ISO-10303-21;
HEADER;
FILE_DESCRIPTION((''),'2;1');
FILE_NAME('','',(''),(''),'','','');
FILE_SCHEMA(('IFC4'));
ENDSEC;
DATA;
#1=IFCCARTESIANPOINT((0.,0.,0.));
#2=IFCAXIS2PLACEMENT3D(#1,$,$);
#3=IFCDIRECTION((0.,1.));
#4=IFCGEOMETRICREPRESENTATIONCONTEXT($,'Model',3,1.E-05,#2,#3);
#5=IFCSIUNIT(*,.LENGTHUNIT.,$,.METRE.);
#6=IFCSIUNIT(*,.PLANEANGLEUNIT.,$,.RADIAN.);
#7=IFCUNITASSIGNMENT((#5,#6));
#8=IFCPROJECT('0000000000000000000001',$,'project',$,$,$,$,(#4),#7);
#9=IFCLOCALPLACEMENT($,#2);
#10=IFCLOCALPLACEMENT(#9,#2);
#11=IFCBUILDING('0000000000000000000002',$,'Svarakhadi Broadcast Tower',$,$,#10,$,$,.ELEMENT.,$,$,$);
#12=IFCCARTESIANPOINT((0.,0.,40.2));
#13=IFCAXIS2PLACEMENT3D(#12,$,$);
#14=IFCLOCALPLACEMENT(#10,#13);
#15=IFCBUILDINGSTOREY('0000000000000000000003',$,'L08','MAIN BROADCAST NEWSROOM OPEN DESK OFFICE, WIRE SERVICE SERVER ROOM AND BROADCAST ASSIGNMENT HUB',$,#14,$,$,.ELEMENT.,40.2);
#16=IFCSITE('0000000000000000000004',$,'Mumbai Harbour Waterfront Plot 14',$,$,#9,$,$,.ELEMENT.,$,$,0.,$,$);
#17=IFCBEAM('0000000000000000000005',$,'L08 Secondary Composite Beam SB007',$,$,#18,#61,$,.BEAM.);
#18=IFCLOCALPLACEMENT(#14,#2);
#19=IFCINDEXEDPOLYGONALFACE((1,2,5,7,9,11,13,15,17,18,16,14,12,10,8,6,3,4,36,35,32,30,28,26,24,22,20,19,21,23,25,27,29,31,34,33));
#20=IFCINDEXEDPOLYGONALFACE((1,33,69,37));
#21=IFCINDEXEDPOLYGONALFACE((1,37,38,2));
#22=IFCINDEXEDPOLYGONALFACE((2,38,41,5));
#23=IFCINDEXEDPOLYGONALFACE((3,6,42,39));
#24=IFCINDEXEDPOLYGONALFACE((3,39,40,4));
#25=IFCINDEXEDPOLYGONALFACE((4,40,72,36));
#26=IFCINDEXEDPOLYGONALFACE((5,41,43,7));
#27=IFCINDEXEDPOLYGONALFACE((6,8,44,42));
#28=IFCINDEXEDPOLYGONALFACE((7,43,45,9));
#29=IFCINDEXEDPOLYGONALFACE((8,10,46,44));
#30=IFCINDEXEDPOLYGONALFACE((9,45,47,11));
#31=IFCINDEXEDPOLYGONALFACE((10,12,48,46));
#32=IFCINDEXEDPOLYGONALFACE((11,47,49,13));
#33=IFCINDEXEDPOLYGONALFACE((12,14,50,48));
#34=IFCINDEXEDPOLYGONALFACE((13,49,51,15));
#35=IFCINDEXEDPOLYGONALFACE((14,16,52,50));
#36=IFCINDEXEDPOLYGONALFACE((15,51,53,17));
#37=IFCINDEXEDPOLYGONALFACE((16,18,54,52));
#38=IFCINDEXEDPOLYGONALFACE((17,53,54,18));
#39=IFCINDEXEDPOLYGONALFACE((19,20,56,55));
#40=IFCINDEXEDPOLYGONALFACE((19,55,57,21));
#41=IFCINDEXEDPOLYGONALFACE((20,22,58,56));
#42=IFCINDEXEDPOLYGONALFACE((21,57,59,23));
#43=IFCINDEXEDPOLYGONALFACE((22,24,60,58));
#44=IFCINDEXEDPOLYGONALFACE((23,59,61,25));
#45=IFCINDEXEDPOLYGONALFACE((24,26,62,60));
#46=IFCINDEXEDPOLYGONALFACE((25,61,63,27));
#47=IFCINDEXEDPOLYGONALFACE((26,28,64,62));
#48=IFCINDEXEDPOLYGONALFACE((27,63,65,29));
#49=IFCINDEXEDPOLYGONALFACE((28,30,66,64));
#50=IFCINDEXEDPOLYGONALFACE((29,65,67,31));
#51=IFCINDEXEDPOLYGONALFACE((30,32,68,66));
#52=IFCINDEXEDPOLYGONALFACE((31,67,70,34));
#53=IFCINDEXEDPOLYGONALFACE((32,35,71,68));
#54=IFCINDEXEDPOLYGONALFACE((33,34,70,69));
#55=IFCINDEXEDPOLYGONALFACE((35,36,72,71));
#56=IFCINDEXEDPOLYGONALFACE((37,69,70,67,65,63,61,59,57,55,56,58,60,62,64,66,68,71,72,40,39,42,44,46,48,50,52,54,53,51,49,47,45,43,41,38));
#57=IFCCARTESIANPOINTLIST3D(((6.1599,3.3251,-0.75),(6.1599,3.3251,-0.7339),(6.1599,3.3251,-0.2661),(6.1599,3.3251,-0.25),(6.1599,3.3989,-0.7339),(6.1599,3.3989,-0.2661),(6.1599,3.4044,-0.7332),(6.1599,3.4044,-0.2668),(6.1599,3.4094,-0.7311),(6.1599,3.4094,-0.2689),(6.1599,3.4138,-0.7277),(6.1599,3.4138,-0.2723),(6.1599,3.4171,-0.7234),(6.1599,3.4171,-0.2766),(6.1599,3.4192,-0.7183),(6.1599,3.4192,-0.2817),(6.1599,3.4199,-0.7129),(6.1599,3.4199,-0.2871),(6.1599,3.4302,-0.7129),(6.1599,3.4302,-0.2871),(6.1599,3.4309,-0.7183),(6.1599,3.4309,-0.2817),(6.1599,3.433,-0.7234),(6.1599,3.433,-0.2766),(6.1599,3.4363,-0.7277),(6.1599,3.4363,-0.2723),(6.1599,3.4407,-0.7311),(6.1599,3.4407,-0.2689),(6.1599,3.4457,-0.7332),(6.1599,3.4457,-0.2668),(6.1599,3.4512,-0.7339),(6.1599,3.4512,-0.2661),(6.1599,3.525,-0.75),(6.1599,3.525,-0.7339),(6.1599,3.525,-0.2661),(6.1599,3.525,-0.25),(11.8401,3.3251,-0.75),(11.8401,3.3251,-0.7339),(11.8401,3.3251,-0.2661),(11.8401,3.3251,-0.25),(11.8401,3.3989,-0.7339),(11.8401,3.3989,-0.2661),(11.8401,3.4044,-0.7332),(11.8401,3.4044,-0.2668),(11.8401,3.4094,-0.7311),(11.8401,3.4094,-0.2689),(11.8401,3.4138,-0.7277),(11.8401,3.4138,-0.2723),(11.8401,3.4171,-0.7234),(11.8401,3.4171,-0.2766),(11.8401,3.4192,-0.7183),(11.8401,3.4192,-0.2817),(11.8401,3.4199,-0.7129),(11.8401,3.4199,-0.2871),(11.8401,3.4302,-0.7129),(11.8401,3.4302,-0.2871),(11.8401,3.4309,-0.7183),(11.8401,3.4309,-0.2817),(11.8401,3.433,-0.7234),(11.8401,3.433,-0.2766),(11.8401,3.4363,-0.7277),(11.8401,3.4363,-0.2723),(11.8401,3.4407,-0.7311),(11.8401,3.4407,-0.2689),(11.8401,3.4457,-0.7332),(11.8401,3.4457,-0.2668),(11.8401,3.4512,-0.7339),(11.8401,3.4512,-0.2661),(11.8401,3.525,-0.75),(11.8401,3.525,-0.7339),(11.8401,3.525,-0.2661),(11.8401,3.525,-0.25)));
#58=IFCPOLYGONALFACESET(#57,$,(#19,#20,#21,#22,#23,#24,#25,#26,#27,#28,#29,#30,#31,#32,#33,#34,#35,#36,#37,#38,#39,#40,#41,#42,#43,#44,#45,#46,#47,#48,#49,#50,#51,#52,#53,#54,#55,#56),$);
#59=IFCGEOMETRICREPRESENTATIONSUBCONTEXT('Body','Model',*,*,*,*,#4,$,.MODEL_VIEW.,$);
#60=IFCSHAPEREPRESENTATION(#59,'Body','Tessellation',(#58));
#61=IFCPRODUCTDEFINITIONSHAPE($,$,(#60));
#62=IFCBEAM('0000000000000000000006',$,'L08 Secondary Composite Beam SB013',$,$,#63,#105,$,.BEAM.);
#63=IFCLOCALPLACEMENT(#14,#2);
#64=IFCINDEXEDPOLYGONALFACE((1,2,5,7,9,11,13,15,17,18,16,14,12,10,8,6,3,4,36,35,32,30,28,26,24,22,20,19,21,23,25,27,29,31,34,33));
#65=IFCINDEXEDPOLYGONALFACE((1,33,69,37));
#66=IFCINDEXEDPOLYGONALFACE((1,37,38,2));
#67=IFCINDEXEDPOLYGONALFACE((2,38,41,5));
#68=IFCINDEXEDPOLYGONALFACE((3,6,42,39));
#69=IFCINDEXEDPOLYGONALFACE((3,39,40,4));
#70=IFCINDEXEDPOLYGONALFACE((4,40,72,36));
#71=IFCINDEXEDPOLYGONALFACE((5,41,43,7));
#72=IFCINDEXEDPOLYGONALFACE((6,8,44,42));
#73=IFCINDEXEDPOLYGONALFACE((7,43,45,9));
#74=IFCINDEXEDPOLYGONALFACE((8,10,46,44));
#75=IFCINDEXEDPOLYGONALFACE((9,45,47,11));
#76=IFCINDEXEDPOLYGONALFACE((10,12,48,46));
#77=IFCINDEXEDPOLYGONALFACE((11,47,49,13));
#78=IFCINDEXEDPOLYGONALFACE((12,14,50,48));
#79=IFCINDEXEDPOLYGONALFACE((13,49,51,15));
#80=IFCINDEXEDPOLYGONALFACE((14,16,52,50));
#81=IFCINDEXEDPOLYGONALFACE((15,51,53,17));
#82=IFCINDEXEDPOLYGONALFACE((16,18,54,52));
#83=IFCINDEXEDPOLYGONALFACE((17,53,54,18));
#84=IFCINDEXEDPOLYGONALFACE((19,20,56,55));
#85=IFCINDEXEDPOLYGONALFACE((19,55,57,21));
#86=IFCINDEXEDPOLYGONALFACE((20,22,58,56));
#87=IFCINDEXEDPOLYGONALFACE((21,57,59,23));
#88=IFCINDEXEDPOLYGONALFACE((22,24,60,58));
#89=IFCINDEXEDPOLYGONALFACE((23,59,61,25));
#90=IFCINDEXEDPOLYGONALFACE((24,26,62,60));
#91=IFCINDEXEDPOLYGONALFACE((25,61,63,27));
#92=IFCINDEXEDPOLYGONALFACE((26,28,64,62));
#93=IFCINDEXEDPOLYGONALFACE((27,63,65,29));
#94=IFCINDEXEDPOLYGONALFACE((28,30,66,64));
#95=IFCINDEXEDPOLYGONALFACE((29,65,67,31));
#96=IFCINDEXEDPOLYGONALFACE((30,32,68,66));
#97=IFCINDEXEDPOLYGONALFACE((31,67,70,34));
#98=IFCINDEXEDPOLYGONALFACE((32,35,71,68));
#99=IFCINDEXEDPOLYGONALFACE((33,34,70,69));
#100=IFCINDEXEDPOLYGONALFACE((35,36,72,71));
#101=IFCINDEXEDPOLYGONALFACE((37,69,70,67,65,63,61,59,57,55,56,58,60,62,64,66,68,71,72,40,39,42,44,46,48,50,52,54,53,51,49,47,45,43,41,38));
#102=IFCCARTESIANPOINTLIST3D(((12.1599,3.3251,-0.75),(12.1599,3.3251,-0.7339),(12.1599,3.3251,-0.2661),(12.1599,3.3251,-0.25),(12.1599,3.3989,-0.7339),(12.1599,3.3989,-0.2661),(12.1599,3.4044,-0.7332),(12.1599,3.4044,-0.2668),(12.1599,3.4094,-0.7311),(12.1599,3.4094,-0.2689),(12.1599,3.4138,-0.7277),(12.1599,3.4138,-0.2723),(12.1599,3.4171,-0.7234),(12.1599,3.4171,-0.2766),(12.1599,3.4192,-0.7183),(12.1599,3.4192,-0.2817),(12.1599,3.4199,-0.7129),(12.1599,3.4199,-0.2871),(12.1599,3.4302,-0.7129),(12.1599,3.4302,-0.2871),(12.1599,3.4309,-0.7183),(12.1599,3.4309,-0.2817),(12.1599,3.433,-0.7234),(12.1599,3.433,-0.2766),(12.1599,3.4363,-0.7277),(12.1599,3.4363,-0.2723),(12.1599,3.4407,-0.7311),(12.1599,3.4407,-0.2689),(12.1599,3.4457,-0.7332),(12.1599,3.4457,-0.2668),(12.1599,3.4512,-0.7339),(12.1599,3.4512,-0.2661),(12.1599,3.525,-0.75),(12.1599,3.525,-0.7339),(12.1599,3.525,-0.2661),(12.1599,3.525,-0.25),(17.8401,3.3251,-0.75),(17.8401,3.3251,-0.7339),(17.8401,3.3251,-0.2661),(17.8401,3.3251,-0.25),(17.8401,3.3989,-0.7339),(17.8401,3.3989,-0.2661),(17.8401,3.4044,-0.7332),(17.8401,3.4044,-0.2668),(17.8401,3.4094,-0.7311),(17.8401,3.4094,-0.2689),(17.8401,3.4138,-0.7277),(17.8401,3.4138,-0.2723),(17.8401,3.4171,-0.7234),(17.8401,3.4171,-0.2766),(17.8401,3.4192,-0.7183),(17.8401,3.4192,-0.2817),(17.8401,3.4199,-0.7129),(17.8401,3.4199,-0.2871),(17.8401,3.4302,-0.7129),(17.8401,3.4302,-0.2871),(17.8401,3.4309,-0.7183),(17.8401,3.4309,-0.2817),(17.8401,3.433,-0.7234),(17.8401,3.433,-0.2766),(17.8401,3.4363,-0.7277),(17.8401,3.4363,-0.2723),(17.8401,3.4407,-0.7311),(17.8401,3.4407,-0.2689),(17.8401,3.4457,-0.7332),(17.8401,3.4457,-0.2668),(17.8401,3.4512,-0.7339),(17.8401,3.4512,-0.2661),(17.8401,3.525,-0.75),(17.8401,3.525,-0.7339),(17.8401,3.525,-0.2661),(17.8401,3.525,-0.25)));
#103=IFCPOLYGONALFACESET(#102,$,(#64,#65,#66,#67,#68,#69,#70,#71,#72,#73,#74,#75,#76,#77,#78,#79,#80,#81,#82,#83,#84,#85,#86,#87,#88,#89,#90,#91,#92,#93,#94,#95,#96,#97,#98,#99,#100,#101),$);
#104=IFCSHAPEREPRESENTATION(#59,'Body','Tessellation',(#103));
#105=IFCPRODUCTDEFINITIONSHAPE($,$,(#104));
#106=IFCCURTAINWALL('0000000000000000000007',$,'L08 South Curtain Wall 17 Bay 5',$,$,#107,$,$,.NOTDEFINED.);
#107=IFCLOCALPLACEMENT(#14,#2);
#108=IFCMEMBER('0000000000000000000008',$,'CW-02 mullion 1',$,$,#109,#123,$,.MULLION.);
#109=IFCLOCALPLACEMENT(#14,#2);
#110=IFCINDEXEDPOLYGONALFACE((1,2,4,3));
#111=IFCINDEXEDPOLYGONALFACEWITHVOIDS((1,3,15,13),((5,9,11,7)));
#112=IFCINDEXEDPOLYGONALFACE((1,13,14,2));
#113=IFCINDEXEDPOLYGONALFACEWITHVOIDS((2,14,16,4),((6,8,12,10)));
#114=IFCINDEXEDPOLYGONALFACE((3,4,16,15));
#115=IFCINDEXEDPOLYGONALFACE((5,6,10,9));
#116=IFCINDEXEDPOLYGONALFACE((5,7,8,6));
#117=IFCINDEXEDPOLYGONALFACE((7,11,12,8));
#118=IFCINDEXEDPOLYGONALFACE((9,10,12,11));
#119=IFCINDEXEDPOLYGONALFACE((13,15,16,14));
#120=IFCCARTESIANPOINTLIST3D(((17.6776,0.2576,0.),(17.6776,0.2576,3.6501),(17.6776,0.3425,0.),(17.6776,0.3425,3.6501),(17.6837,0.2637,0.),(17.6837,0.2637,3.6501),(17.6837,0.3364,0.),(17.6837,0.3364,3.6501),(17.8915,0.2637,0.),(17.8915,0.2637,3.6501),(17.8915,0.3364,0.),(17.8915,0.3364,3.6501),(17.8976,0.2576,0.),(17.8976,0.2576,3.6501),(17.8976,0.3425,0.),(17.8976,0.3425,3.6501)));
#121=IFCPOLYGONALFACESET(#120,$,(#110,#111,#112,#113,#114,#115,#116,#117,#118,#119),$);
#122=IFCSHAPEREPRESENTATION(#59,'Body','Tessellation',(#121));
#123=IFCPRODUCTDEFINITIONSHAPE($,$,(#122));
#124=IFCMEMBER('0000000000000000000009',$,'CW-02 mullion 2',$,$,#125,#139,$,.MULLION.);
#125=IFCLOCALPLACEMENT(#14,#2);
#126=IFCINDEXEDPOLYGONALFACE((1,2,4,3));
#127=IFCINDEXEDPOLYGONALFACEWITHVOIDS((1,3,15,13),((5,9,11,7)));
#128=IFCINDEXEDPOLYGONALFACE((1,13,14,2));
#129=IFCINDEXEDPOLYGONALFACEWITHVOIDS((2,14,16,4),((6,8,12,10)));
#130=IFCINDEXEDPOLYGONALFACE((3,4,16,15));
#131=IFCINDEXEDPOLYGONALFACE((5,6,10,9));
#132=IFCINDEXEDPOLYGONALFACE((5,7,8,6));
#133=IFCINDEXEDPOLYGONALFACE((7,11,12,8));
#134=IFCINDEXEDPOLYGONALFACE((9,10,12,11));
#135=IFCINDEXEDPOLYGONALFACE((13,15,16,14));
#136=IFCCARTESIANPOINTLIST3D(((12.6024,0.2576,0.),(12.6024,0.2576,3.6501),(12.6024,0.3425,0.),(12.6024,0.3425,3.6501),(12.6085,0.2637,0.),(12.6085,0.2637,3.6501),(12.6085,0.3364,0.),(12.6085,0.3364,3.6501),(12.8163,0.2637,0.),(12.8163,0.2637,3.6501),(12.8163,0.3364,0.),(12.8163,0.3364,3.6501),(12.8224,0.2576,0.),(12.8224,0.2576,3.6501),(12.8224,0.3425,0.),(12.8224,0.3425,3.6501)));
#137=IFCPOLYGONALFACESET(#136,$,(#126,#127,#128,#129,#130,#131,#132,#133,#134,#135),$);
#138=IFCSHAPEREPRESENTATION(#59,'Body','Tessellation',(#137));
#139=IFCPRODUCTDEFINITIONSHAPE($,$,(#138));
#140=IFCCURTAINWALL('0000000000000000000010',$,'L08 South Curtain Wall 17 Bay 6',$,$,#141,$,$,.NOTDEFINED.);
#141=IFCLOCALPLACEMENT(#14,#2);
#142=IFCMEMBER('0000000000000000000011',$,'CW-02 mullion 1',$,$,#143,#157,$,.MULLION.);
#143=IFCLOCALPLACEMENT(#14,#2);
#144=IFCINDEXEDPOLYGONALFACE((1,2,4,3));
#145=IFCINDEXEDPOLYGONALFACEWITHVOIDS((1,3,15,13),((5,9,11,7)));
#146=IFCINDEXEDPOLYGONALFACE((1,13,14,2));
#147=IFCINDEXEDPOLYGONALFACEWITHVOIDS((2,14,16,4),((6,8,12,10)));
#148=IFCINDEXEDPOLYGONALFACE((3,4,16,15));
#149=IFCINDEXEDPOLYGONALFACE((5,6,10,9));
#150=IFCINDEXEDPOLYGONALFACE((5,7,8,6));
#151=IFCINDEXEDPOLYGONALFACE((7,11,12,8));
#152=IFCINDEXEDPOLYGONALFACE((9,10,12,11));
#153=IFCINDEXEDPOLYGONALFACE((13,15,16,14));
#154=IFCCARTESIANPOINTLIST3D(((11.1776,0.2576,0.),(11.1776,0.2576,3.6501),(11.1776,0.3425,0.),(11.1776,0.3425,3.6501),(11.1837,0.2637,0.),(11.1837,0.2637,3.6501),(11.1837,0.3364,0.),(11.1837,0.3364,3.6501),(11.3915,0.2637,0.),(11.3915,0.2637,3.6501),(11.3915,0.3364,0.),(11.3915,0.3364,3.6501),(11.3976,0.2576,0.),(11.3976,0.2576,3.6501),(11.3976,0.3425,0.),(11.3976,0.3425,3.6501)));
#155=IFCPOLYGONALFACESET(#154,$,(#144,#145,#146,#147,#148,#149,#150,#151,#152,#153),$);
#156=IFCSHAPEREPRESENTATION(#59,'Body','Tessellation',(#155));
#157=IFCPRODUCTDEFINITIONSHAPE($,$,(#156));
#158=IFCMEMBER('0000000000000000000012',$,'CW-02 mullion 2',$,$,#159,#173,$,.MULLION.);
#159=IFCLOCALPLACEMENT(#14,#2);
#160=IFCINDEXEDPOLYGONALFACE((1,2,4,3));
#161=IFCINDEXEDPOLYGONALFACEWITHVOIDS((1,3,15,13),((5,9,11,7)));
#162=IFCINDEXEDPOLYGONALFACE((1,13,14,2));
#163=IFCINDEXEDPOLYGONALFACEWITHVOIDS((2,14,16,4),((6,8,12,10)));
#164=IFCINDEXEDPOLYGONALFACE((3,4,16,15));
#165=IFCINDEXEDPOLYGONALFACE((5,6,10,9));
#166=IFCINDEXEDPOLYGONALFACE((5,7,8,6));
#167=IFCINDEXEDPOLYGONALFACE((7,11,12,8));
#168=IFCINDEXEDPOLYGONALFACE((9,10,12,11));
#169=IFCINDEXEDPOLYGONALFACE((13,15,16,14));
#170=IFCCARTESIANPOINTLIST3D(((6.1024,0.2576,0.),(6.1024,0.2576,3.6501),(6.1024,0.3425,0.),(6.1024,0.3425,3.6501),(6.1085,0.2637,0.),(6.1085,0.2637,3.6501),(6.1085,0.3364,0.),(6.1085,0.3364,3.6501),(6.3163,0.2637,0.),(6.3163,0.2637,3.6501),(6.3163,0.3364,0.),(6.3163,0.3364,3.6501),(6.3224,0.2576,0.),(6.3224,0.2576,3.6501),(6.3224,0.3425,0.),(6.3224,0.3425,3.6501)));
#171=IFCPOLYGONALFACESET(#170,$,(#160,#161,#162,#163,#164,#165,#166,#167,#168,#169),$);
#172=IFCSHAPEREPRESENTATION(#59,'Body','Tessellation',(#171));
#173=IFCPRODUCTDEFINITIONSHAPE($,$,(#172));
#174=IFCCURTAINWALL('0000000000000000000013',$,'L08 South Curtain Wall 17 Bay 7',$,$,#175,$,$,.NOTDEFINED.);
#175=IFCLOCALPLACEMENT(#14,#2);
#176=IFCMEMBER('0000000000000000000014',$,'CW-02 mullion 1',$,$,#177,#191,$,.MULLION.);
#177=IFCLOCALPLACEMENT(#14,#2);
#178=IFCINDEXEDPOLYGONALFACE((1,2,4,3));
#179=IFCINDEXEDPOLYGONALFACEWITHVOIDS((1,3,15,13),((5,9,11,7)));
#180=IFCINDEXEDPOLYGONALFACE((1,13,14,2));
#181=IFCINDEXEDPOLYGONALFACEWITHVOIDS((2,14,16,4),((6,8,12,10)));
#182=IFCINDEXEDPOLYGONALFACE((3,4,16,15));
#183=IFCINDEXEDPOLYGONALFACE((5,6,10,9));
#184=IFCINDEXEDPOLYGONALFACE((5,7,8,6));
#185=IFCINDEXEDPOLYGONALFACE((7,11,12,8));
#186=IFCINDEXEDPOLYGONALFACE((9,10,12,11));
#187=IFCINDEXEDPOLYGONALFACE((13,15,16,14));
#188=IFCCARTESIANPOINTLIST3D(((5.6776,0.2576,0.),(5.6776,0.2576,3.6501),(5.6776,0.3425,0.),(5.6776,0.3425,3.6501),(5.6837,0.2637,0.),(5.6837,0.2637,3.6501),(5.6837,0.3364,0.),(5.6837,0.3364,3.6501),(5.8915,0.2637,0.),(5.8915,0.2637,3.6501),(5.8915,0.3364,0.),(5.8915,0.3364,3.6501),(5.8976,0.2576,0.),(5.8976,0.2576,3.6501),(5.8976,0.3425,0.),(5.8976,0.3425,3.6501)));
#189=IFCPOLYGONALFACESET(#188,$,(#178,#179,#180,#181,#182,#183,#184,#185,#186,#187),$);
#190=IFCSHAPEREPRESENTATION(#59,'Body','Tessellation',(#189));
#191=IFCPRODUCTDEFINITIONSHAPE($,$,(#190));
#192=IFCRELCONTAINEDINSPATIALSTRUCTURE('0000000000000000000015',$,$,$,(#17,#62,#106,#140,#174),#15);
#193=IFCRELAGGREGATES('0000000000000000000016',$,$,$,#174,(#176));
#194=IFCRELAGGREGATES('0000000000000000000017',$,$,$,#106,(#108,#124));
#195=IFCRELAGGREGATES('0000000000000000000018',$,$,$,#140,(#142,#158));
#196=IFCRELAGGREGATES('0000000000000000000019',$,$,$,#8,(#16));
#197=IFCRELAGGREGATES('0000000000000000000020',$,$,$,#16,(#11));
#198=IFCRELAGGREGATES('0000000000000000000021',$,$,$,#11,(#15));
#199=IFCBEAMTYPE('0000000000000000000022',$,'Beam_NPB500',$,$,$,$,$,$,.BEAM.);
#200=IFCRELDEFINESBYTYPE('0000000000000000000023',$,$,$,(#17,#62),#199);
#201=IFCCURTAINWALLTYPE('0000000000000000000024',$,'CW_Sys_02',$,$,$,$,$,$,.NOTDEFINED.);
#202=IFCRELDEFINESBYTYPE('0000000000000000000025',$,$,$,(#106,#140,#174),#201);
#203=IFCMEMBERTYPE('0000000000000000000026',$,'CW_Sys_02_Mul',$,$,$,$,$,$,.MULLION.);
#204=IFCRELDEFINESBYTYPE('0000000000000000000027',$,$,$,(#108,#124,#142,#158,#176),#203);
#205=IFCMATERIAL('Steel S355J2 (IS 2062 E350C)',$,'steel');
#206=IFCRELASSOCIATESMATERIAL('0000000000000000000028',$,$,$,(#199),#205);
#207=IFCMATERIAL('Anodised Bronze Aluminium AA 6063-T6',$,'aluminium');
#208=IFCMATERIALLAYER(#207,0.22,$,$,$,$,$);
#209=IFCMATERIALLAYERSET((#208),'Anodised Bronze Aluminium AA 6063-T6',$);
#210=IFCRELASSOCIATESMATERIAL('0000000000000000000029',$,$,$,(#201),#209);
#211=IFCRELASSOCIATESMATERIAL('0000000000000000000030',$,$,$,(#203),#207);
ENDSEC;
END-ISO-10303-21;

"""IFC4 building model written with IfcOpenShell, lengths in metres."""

from ifc_helpers import new_model, si_unit, direction, frame, origin, origin_2d, place, context, subcontext, project, spatial, hollow_rectangle, i_section, extrude, material, layer, layer_set, material_profile, profile_set, type_object, element, aggregate, save


model = new_model("IFC4")

# Units and contexts
model_context = context("Model", 3, precision=1e-05, world=origin(), true_north=direction((0.0, 1.0)))
body_context = subcontext(model_context, "Body", "Model", "MODEL_VIEW")
ifc_project = project(units=[si_unit("LENGTHUNIT", "METRE"), si_unit("PLANEANGLEUNIT", "RADIAN")], contexts=[model_context])

# Site, building, storey
site_placement = place(None, origin())
site = spatial("IfcSite", under=ifc_project, at=site_placement, Name="Mumbai Harbour Waterfront Plot 14", CompositionType="ELEMENT", RefElevation=0.0)
building_placement = place(site_placement, origin())
building = spatial("IfcBuilding", under=site, at=building_placement, Name="Svarakhadi Broadcast Tower", CompositionType="ELEMENT")
storey_placement = place(building_placement, frame((0.0, 0.0, 40.2)))
storey = spatial("IfcBuildingStorey", under=building, at=storey_placement, Name="L08", Description="MAIN BROADCAST NEWSROOM OPEN DESK OFFICE, WIRE SERVICE SERVER ROOM AND BROADCAST ASSIGNMENT HUB", CompositionType="ELEMENT", Elevation=40.2)

# Beams
ifc_material_1 = material(Name="Steel S355J2 (IS 2062 E350C)", Category="steel")
ifc_material_profile_1 = material_profile(ifc_material_1, i_section(OverallWidth=0.2, OverallDepth=0.5, WebThickness=0.0103, FlangeThickness=0.0161, FilletRadius=0.021, at=origin_2d()), Name="NPB 500x200x91")
ifc_profile_set_1 = profile_set([ifc_material_profile_1], Name="Steel S355J2 (IS 2062 E350C)")
beam_type_1 = type_object("IfcBeamType", Name="Beam_NPB500", PredefinedType="BEAM", material=ifc_profile_set_1)
for number, where, z_axis, x_axis, name in (
    (1, (6.1599, 3.425, -0.5), (1.0, 0.0, 0.0), (0.0, 1.0, 0.0), "L08 Secondary Composite Beam SB007"),
    (2, (12.1599, 3.425, -0.5), (1.0, 0.0, 0.0), (0.0, 1.0, 0.0), "L08 Secondary Composite Beam SB013"),
):
    element("IfcBeam", number, at=place(storey_placement, frame(where, z_axis=z_axis, x_axis=x_axis)), inside=storey, type_object=beam_type_1, Name=name, PredefinedType="BEAM", context=body_context, shape_type="SweptSolid", body=[
        extrude(i_section(OverallWidth=0.2, OverallDepth=0.5, WebThickness=0.0103, FlangeThickness=0.0161, FilletRadius=0.021, at=origin_2d()), origin(), (0.0, 0.0, 1.0), 5.6802),
    ])

# Curtain walls, members
ifc_material_2 = material(Name="Anodised Bronze Aluminium AA 6063-T6", Category="aluminium")
ifc_layer_1 = layer(ifc_material_2, 0.22)
ifc_layer_set_1 = layer_set([ifc_layer_1], Name="Anodised Bronze Aluminium AA 6063-T6")
curtain_wall_type = type_object("IfcCurtainWallType", Name="CW_Sys_02", PredefinedType="NOTDEFINED", material=ifc_layer_set_1)
curtain_wall_1_placement = place(storey_placement, origin())
curtain_wall_1 = element("IfcCurtainWall", 3, at=curtain_wall_1_placement, inside=storey, type_object=curtain_wall_type, Name="L08 South Curtain Wall 17 Bay 5", PredefinedType="NOTDEFINED")
ifc_material_profile_2 = material_profile(ifc_material_2, hollow_rectangle(XDim=0.085, YDim=0.22, WallThickness=0.0061, at=origin_2d()), Name="ALU MULLION 220x85x6")
ifc_profile_set_2 = profile_set([ifc_material_profile_2], Name="Anodised Bronze Aluminium AA 6063-T6")
member_type_1 = type_object("IfcMemberType", Name="CW_Sys_02_Mul", PredefinedType="MULLION", material=ifc_profile_set_2)
member_1_placement = place(storey_placement, frame((17.7876, 0.3, 0.0), z_axis=(0.0, 0.0, 1.0), x_axis=(0.0, -1.0, 0.0)))
member_1 = element("IfcMember", 4, at=member_1_placement, type_object=member_type_1, Name="CW-02 mullion 1", PredefinedType="MULLION", context=body_context, shape_type="SweptSolid", body=[
    extrude(hollow_rectangle(XDim=0.085, YDim=0.22, WallThickness=0.0061, at=origin_2d()), origin(), (0.0, 0.0, 1.0), 3.6501),
])
member_2_placement = place(storey_placement, frame((12.7124, 0.3, 0.0), z_axis=(0.0, 0.0, 1.0), x_axis=(0.0, -1.0, 0.0)))
member_2 = element("IfcMember", 5, at=member_2_placement, type_object=member_type_1, Name="CW-02 mullion 2", PredefinedType="MULLION", context=body_context, shape_type="SweptSolid", body=[
    extrude(hollow_rectangle(XDim=0.085, YDim=0.22, WallThickness=0.0061, at=origin_2d()), origin(), (0.0, 0.0, 1.0), 3.6501),
])
curtain_wall_2_placement = place(storey_placement, origin())
curtain_wall_2 = element("IfcCurtainWall", 6, at=curtain_wall_2_placement, inside=storey, type_object=curtain_wall_type, Name="L08 South Curtain Wall 17 Bay 6", PredefinedType="NOTDEFINED")
member_3_placement = place(storey_placement, frame((11.2876, 0.3, 0.0), z_axis=(0.0, 0.0, 1.0), x_axis=(0.0, -1.0, 0.0)))
member_3 = element("IfcMember", 7, at=member_3_placement, type_object=member_type_1, Name="CW-02 mullion 1", PredefinedType="MULLION", context=body_context, shape_type="SweptSolid", body=[
    extrude(hollow_rectangle(XDim=0.085, YDim=0.22, WallThickness=0.0061, at=origin_2d()), origin(), (0.0, 0.0, 1.0), 3.6501),
])
member_4_placement = place(storey_placement, frame((6.2124, 0.3, 0.0), z_axis=(0.0, 0.0, 1.0), x_axis=(0.0, -1.0, 0.0)))
member_4 = element("IfcMember", 8, at=member_4_placement, type_object=member_type_1, Name="CW-02 mullion 2", PredefinedType="MULLION", context=body_context, shape_type="SweptSolid", body=[
    extrude(hollow_rectangle(XDim=0.085, YDim=0.22, WallThickness=0.0061, at=origin_2d()), origin(), (0.0, 0.0, 1.0), 3.6501),
])

# Curtain wall, member
curtain_wall_3_placement = place(storey_placement, origin())
curtain_wall_3 = element("IfcCurtainWall", 9, at=curtain_wall_3_placement, inside=storey, type_object=curtain_wall_type, Name="L08 South Curtain Wall 17 Bay 7", PredefinedType="NOTDEFINED")
member_5_placement = place(storey_placement, frame((5.7876, 0.3, 0.0), z_axis=(0.0, 0.0, 1.0), x_axis=(0.0, -1.0, 0.0)))
member_5 = element("IfcMember", 10, at=member_5_placement, type_object=member_type_1, Name="CW-02 mullion 1", PredefinedType="MULLION", context=body_context, shape_type="SweptSolid", body=[
    extrude(hollow_rectangle(XDim=0.085, YDim=0.22, WallThickness=0.0061, at=origin_2d()), origin(), (0.0, 0.0, 1.0), 3.6501),
])

aggregate(curtain_wall_3, [member_5])

aggregate(curtain_wall_1, [member_1, member_2])
aggregate(curtain_wall_2, [member_3, member_4])

save(model, "model.ifc")
